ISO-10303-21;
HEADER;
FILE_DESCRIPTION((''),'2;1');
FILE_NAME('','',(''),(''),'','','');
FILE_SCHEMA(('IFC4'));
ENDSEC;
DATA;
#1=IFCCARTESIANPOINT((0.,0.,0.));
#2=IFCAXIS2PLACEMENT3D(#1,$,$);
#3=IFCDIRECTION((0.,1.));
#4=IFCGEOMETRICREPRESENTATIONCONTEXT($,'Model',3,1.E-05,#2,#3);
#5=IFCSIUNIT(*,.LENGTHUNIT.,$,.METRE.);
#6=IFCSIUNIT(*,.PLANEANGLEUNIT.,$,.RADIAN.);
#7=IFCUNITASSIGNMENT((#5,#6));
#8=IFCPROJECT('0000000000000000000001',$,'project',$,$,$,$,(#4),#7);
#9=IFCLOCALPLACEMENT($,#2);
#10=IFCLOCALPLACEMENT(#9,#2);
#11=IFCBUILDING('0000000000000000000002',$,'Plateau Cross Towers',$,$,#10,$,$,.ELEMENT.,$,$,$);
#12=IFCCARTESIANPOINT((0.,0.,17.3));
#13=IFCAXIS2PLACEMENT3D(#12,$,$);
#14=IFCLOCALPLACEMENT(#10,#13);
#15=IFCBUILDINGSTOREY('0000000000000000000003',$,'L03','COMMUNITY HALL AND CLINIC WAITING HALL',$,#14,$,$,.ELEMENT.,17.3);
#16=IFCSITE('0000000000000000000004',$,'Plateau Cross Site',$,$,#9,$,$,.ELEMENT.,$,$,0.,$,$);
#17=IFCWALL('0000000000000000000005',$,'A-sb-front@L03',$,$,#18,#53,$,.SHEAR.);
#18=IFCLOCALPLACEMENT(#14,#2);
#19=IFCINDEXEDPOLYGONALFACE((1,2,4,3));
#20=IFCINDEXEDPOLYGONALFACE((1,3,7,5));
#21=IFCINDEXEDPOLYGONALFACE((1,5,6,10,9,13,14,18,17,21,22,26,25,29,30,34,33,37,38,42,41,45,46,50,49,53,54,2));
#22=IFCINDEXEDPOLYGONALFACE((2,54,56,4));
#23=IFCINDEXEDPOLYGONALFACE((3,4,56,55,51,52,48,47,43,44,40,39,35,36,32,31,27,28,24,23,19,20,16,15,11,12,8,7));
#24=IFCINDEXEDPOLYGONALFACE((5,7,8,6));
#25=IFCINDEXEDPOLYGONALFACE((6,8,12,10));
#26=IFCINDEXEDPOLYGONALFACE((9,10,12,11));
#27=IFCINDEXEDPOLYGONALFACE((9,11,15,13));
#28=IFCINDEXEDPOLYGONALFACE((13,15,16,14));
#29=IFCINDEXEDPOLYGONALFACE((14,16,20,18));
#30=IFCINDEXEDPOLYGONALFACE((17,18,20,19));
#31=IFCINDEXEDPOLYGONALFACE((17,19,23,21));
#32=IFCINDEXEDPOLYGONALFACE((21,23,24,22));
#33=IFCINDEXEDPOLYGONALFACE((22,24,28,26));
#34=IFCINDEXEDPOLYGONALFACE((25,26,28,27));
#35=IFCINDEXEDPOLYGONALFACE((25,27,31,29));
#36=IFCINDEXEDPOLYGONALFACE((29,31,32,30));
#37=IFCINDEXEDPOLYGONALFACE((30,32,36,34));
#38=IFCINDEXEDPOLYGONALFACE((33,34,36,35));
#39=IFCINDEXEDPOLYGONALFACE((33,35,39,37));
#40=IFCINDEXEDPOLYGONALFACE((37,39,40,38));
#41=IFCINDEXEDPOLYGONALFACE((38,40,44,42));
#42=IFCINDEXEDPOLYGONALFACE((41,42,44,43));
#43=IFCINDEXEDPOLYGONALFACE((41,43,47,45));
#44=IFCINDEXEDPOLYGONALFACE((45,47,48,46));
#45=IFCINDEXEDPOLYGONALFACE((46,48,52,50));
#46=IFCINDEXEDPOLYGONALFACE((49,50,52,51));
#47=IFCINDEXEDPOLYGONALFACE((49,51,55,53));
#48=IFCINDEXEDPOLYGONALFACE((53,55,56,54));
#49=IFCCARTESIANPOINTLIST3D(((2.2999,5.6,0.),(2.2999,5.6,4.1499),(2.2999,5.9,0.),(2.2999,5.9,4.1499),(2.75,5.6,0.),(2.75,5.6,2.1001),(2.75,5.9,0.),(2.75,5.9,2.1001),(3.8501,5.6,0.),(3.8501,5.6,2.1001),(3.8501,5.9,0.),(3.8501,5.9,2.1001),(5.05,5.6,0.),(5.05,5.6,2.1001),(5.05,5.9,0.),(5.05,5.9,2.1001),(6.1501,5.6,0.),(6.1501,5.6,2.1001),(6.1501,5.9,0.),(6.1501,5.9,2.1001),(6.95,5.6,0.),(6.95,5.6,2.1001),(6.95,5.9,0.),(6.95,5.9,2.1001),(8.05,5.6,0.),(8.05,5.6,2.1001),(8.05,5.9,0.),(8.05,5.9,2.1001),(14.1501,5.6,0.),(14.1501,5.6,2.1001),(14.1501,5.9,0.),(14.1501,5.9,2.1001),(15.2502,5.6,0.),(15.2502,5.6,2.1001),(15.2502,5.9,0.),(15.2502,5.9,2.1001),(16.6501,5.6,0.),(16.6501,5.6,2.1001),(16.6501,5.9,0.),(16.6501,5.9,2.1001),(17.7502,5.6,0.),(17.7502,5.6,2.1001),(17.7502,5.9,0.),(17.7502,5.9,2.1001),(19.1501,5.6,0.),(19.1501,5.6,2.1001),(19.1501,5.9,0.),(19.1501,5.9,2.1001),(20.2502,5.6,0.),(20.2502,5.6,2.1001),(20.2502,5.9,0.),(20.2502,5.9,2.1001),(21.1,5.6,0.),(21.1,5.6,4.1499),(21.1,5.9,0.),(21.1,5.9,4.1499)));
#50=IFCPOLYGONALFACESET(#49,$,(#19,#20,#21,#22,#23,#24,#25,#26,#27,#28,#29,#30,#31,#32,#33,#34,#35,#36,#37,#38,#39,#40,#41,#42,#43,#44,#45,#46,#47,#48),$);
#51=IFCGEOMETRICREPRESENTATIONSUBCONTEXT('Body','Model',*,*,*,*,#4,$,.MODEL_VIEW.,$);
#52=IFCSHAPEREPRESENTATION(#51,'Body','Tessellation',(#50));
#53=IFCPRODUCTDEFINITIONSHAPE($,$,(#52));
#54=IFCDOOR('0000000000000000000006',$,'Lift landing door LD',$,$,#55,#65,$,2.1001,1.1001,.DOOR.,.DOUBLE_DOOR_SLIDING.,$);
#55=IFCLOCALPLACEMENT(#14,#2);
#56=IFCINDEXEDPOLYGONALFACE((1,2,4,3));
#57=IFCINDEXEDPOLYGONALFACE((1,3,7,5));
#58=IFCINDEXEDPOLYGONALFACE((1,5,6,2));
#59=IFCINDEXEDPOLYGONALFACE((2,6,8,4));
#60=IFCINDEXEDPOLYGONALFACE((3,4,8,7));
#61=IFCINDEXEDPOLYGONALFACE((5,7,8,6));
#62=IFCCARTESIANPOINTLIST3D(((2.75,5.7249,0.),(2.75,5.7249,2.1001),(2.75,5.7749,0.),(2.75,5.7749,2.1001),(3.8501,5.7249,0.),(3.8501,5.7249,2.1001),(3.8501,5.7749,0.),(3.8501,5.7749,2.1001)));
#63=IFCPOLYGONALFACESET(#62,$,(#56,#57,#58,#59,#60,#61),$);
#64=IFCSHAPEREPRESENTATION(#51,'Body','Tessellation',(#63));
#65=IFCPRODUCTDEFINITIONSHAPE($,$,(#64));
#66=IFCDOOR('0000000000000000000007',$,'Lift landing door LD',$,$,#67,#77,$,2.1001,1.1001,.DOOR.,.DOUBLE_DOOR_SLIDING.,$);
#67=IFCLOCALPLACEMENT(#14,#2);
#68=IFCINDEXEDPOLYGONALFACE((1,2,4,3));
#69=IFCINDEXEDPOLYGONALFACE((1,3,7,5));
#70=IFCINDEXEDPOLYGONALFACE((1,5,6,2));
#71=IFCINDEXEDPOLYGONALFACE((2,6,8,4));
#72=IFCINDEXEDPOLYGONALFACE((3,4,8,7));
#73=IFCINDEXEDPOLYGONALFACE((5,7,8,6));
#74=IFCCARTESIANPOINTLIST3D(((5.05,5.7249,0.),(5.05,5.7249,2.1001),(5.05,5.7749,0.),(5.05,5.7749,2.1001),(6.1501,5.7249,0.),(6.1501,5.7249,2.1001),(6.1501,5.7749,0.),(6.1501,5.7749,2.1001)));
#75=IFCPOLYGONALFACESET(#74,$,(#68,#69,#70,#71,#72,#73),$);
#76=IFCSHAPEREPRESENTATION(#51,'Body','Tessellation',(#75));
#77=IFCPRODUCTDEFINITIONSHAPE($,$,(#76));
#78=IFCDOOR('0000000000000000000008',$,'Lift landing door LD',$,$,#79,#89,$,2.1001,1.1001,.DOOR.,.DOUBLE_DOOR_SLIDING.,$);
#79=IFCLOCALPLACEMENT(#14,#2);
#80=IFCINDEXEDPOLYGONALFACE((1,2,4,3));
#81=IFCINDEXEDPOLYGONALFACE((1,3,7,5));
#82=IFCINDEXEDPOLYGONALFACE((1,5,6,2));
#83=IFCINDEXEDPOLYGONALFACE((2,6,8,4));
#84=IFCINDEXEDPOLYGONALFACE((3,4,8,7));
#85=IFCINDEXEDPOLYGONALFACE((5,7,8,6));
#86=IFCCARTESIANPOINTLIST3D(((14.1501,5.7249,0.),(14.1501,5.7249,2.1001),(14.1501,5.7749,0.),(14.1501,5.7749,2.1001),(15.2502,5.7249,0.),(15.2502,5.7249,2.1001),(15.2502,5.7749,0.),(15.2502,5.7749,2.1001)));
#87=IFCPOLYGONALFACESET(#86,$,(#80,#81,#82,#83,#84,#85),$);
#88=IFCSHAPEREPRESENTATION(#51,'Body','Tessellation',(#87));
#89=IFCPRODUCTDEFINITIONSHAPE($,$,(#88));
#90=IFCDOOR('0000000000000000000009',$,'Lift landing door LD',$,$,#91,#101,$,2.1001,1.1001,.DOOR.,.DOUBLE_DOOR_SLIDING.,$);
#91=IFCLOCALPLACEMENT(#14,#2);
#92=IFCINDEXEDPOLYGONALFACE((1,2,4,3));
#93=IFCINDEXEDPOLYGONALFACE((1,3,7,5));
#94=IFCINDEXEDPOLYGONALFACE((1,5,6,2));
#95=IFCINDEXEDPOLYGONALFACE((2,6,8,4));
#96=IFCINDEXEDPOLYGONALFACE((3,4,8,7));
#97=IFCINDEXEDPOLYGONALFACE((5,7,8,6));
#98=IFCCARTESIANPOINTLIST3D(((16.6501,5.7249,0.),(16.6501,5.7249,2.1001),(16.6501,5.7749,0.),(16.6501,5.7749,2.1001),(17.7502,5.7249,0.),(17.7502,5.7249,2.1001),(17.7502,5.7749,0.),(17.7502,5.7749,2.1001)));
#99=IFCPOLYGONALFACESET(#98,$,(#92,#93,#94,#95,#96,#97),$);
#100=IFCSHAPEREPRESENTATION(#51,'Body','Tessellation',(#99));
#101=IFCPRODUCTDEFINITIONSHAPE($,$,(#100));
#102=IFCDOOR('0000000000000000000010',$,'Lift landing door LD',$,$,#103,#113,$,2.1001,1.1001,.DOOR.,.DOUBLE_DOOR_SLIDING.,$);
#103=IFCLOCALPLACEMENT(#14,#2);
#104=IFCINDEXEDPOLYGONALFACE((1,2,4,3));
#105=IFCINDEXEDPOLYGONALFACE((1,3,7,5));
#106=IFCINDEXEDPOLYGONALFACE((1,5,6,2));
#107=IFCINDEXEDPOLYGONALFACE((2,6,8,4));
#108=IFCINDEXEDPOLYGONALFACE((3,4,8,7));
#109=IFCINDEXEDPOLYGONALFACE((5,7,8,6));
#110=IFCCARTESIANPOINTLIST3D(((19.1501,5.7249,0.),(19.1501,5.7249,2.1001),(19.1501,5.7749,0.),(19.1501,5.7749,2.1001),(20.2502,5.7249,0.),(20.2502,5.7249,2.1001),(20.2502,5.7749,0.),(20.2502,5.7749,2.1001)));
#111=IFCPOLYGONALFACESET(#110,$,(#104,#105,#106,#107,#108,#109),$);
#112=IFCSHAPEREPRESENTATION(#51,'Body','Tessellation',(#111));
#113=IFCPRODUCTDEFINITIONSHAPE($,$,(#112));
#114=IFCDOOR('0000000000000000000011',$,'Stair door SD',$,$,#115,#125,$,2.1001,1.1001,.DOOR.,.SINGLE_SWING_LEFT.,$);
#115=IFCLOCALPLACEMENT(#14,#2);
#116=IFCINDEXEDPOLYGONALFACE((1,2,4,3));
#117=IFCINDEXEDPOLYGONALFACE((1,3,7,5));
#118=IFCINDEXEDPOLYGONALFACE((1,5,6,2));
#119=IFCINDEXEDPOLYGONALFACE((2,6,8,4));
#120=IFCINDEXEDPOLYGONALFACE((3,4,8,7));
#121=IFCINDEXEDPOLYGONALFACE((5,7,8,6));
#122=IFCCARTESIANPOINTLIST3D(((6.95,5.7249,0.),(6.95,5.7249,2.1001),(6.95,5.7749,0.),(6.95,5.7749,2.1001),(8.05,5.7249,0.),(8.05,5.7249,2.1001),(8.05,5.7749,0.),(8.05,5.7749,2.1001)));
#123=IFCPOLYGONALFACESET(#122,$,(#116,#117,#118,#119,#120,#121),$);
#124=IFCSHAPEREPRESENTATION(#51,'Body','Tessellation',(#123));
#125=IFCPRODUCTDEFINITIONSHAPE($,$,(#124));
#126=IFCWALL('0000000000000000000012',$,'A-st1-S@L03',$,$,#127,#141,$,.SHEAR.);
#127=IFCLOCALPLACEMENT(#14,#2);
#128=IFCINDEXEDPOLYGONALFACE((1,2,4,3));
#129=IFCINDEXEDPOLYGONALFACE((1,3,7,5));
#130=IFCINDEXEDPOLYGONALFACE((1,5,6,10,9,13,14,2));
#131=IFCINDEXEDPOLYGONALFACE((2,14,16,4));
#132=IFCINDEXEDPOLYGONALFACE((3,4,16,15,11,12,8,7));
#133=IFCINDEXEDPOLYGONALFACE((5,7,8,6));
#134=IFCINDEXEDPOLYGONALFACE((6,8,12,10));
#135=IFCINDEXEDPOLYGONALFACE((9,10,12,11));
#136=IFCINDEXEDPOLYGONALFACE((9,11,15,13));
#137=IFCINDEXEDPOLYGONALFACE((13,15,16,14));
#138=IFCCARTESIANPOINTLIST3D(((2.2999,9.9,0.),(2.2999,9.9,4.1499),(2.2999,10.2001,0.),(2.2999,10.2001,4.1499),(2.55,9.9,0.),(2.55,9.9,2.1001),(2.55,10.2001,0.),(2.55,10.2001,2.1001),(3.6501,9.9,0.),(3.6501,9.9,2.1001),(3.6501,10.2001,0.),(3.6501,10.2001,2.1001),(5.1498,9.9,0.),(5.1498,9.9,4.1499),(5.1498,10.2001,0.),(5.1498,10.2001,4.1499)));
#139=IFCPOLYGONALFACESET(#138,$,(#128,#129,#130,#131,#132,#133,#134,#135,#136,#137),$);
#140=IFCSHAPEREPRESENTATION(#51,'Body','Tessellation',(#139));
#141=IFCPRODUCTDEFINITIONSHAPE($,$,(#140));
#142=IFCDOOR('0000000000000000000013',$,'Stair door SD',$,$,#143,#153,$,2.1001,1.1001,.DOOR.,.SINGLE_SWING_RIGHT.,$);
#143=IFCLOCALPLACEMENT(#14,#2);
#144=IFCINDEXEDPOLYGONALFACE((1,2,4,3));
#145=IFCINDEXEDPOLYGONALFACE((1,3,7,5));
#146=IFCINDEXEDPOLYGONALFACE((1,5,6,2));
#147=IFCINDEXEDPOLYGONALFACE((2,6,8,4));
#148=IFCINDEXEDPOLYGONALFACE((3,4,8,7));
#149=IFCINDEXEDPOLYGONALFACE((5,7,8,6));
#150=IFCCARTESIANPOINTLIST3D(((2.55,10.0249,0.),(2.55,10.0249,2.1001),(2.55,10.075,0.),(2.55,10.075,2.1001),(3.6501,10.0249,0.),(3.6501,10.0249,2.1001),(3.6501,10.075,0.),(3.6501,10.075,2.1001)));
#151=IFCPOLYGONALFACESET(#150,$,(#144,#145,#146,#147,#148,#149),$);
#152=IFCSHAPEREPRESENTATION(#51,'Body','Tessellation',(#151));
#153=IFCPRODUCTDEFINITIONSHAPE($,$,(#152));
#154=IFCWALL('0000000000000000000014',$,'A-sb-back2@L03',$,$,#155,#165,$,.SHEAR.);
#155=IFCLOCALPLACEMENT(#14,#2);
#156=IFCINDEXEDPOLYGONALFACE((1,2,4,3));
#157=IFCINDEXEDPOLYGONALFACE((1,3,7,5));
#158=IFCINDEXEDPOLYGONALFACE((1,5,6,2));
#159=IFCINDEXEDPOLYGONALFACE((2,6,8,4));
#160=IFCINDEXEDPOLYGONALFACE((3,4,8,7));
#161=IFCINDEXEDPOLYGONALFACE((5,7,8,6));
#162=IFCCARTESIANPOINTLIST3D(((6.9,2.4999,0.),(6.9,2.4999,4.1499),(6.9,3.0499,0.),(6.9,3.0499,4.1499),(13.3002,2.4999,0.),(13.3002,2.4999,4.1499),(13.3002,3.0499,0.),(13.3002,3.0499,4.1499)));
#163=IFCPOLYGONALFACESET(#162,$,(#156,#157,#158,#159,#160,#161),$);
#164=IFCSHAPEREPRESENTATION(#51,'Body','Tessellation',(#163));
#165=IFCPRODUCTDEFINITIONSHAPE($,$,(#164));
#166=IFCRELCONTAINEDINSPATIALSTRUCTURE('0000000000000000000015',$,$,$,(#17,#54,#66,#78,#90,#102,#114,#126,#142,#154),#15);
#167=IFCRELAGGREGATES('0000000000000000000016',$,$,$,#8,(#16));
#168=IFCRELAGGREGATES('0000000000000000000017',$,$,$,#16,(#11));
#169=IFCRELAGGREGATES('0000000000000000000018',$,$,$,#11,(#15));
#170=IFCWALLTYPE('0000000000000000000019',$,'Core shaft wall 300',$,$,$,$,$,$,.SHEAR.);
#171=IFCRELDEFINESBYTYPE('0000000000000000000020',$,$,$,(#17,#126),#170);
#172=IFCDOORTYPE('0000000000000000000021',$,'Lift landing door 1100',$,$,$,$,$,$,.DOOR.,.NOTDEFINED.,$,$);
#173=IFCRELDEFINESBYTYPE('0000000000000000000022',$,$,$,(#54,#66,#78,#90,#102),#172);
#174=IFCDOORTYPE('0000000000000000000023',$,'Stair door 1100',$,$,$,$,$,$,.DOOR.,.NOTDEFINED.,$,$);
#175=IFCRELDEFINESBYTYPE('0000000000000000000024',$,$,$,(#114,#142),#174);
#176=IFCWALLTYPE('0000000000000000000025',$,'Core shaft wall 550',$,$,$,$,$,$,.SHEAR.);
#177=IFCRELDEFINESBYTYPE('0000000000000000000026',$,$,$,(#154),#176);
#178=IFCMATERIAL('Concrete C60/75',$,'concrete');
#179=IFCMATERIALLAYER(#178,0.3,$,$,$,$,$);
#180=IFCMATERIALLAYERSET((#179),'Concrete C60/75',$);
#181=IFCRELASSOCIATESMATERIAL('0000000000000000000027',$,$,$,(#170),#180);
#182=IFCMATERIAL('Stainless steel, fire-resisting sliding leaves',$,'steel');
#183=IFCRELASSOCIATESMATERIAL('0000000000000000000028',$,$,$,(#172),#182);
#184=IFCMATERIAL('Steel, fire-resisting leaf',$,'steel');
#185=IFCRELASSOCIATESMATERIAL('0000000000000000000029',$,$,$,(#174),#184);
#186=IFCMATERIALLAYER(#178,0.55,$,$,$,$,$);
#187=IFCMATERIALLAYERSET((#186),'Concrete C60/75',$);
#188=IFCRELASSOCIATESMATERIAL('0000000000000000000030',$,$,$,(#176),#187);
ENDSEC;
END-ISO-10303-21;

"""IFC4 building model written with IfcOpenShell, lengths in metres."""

from ifc_helpers import new_model, si_unit, direction, frame, frame_2d, origin, place, context, subcontext, project, spatial, rectangle, extrude, material, layer, layer_set, type_object, element, fill, save


model = new_model("IFC4")

# Units and contexts
model_context = context("Model", 3, precision=1e-05, world=origin(), true_north=direction((0.0, 1.0)))
body_context = subcontext(model_context, "Body", "Model", "MODEL_VIEW")
ifc_project = project(units=[si_unit("LENGTHUNIT", "METRE"), si_unit("PLANEANGLEUNIT", "RADIAN")], contexts=[model_context])

# Site, building, storey
site_placement = place(None, origin())
site = spatial("IfcSite", under=ifc_project, at=site_placement, Name="Plateau Cross Site", CompositionType="ELEMENT", RefElevation=0.0)
building_placement = place(site_placement, origin())
building = spatial("IfcBuilding", under=site, at=building_placement, Name="Plateau Cross Towers", CompositionType="ELEMENT")
storey_placement = place(building_placement, frame((0.0, 0.0, 17.3)))
storey = spatial("IfcBuildingStorey", under=building, at=storey_placement, Name="L03", Description="COMMUNITY HALL AND CLINIC WAITING HALL", CompositionType="ELEMENT", Elevation=17.3)

# Shared definitions
ifc_material_1 = material(Name="Steel, fire-resisting leaf", Category="steel")

# Shared definitions
ifc_material_2 = material(Name="Concrete C60/75", Category="concrete")
ifc_layer_1 = layer(ifc_material_2, 0.3)
ifc_layer_set_1 = layer_set([ifc_layer_1], Name="Concrete C60/75")
wall_type_1 = type_object("IfcWallType", Name="Core shaft wall 300", PredefinedType="SHEAR", material=ifc_layer_set_1)

# Wall, openings, doors
wall_1_placement = place(storey_placement, frame((2.3, 5.75, 0.0), z_axis=(0.0, 0.0, 1.0), x_axis=(1.0, 0.0, 0.0)))
wall_1 = element("IfcWall", 1, at=wall_1_placement, inside=storey, type_object=wall_type_1, Name="A-sb-front@L03", PredefinedType="SHEAR", context=body_context, shape_type="SweptSolid", body=[
    extrude(rectangle(XDim=18.8, YDim=0.3, at=frame_2d((9.3999, 0.0))), origin(), (0.0, 0.0, 1.0), 4.1499),
])
opening_1_placement = place(wall_1_placement, frame((4.6499, 0.0, 0.0)))
opening_1 = element("IfcOpeningElement", 2, at=opening_1_placement, cuts=wall_1, PredefinedType="OPENING", context=body_context, shape_type="SweptSolid", body=[
    extrude(rectangle(XDim=1.1001, YDim=2.1001, at=frame_2d((0.55, 1.05))), frame((0.0, 0.1599, 0.0), z_axis=(0.0, -1.0, 0.0), x_axis=(1.0, 0.0, 0.0)), (0.0, 0.0, 1.0), 0.3201),
])
opening_2_placement = place(wall_1_placement, frame((0.45, 0.0, 0.0)))
opening_2 = element("IfcOpeningElement", 3, at=opening_2_placement, cuts=wall_1, PredefinedType="OPENING", context=body_context, shape_type="SweptSolid", body=[
    extrude(rectangle(XDim=1.1001, YDim=2.1001, at=frame_2d((0.55, 1.05))), frame((0.0, 0.1599, 0.0), z_axis=(0.0, -1.0, 0.0), x_axis=(1.0, 0.0, 0.0)), (0.0, 0.0, 1.0), 0.3201),
])
opening_3_placement = place(wall_1_placement, frame((2.75, 0.0, 0.0)))
opening_3 = element("IfcOpeningElement", 4, at=opening_3_placement, cuts=wall_1, PredefinedType="OPENING", context=body_context, shape_type="SweptSolid", body=[
    extrude(rectangle(XDim=1.1001, YDim=2.1001, at=frame_2d((0.55, 1.05))), frame((0.0, 0.1599, 0.0), z_axis=(0.0, -1.0, 0.0), x_axis=(1.0, 0.0, 0.0)), (0.0, 0.0, 1.0), 0.3201),
])
opening_4_placement = place(wall_1_placement, frame((11.8501, 0.0, 0.0)))
opening_4 = element("IfcOpeningElement", 5, at=opening_4_placement, cuts=wall_1, PredefinedType="OPENING", context=body_context, shape_type="SweptSolid", body=[
    extrude(rectangle(XDim=1.1001, YDim=2.1001, at=frame_2d((0.55, 1.05))), frame((0.0, 0.1599, 0.0), z_axis=(0.0, -1.0, 0.0), x_axis=(1.0, 0.0, 0.0)), (0.0, 0.0, 1.0), 0.3201),
])
opening_5_placement = place(wall_1_placement, frame((14.3501, 0.0, 0.0)))
opening_5 = element("IfcOpeningElement", 6, at=opening_5_placement, cuts=wall_1, PredefinedType="OPENING", context=body_context, shape_type="SweptSolid", body=[
    extrude(rectangle(XDim=1.1001, YDim=2.1001, at=frame_2d((0.55, 1.05))), frame((0.0, 0.1599, 0.0), z_axis=(0.0, -1.0, 0.0), x_axis=(1.0, 0.0, 0.0)), (0.0, 0.0, 1.0), 0.3201),
])
opening_6_placement = place(wall_1_placement, frame((16.8501, 0.0, 0.0)))
opening_6 = element("IfcOpeningElement", 7, at=opening_6_placement, cuts=wall_1, PredefinedType="OPENING", context=body_context, shape_type="SweptSolid", body=[
    extrude(rectangle(XDim=1.1001, YDim=2.1001, at=frame_2d((0.55, 1.05))), frame((0.0, 0.1599, 0.0), z_axis=(0.0, -1.0, 0.0), x_axis=(1.0, 0.0, 0.0)), (0.0, 0.0, 1.0), 0.3201),
])
ifc_material_3 = material(Name="Stainless steel, fire-resisting sliding leaves", Category="steel")
door_type_1 = type_object("IfcDoorType", Name="Lift landing door 1100", OperationType="NOTDEFINED", PredefinedType="DOOR", material=ifc_material_3)
door_1_placement = place(opening_2_placement, origin())
door_1 = element("IfcDoor", 8, at=door_1_placement, inside=storey, type_object=door_type_1, Name="Lift landing door LD", OperationType="DOUBLE_DOOR_SLIDING", OverallHeight=2.1001, OverallWidth=1.1001, PredefinedType="DOOR", context=body_context, shape_type="SweptSolid", body=[
    extrude(rectangle(XDim=1.1001, YDim=2.1001, at=frame_2d((0.55, 1.05))), frame((0.0, 0.0249, 0.0), z_axis=(0.0, -1.0, 0.0), x_axis=(1.0, 0.0, 0.0)), (0.0, 0.0, 1.0), 0.05),
])
fill(opening_2, door_1)
door_2_placement = place(opening_3_placement, origin())
door_2 = element("IfcDoor", 9, at=door_2_placement, inside=storey, type_object=door_type_1, Name="Lift landing door LD", OperationType="DOUBLE_DOOR_SLIDING", OverallHeight=2.1001, OverallWidth=1.1001, PredefinedType="DOOR", context=body_context, shape_type="SweptSolid", body=[
    extrude(rectangle(XDim=1.1001, YDim=2.1001, at=frame_2d((0.55, 1.05))), frame((0.0, 0.0249, 0.0), z_axis=(0.0, -1.0, 0.0), x_axis=(1.0, 0.0, 0.0)), (0.0, 0.0, 1.0), 0.05),
])
fill(opening_3, door_2)
door_3_placement = place(opening_4_placement, origin())
door_3 = element("IfcDoor", 10, at=door_3_placement, inside=storey, type_object=door_type_1, Name="Lift landing door LD", OperationType="DOUBLE_DOOR_SLIDING", OverallHeight=2.1001, OverallWidth=1.1001, PredefinedType="DOOR", context=body_context, shape_type="SweptSolid", body=[
    extrude(rectangle(XDim=1.1001, YDim=2.1001, at=frame_2d((0.55, 1.05))), frame((0.0, 0.0249, 0.0), z_axis=(0.0, -1.0, 0.0), x_axis=(1.0, 0.0, 0.0)), (0.0, 0.0, 1.0), 0.05),
])
fill(opening_4, door_3)
door_4_placement = place(opening_5_placement, origin())
door_4 = element("IfcDoor", 11, at=door_4_placement, inside=storey, type_object=door_type_1, Name="Lift landing door LD", OperationType="DOUBLE_DOOR_SLIDING", OverallHeight=2.1001, OverallWidth=1.1001, PredefinedType="DOOR", context=body_context, shape_type="SweptSolid", body=[
    extrude(rectangle(XDim=1.1001, YDim=2.1001, at=frame_2d((0.55, 1.05))), frame((0.0, 0.0249, 0.0), z_axis=(0.0, -1.0, 0.0), x_axis=(1.0, 0.0, 0.0)), (0.0, 0.0, 1.0), 0.05),
])
fill(opening_5, door_4)
door_5_placement = place(opening_6_placement, origin())
door_5 = element("IfcDoor", 12, at=door_5_placement, inside=storey, type_object=door_type_1, Name="Lift landing door LD", OperationType="DOUBLE_DOOR_SLIDING", OverallHeight=2.1001, OverallWidth=1.1001, PredefinedType="DOOR", context=body_context, shape_type="SweptSolid", body=[
    extrude(rectangle(XDim=1.1001, YDim=2.1001, at=frame_2d((0.55, 1.05))), frame((0.0, 0.0249, 0.0), z_axis=(0.0, -1.0, 0.0), x_axis=(1.0, 0.0, 0.0)), (0.0, 0.0, 1.0), 0.05),
])
fill(opening_6, door_5)
door_type_2 = type_object("IfcDoorType", Name="Stair door 1100", OperationType="NOTDEFINED", PredefinedType="DOOR", material=ifc_material_1)
door_6_placement = place(opening_1_placement, origin())
door_6 = element("IfcDoor", 13, at=door_6_placement, inside=storey, type_object=door_type_2, Name="Stair door SD", OperationType="SINGLE_SWING_LEFT", OverallHeight=2.1001, OverallWidth=1.1001, PredefinedType="DOOR", context=body_context, shape_type="SweptSolid", body=[
    extrude(rectangle(XDim=1.1001, YDim=2.1001, at=frame_2d((0.55, 1.05))), frame((0.0, 0.0249, 0.0), z_axis=(0.0, -1.0, 0.0), x_axis=(1.0, 0.0, 0.0)), (0.0, 0.0, 1.0), 0.05),
])
fill(opening_1, door_6)

# Wall, opening, door
wall_2_placement = place(storey_placement, frame((2.3, 10.05, 0.0), z_axis=(0.0, 0.0, 1.0), x_axis=(1.0, 0.0, 0.0)))
wall_2 = element("IfcWall", 14, at=wall_2_placement, inside=storey, type_object=wall_type_1, Name="A-st1-S@L03", PredefinedType="SHEAR", context=body_context, shape_type="SweptSolid", body=[
    extrude(rectangle(XDim=2.8499, YDim=0.3, at=frame_2d((1.4248, 0.0))), origin(), (0.0, 0.0, 1.0), 4.1499),
])
opening_7_placement = place(wall_2_placement, frame((0.25, 0.0, 0.0)))
opening_7 = element("IfcOpeningElement", 15, at=opening_7_placement, cuts=wall_2, PredefinedType="OPENING", context=body_context, shape_type="SweptSolid", body=[
    extrude(rectangle(XDim=1.1001, YDim=2.1001, at=frame_2d((0.55, 1.05))), frame((0.0, 0.1599, 0.0), z_axis=(0.0, -1.0, 0.0), x_axis=(1.0, 0.0, 0.0)), (0.0, 0.0, 1.0), 0.3201),
])
door_7_placement = place(opening_7_placement, origin())
door_7 = element("IfcDoor", 16, at=door_7_placement, inside=storey, type_object=door_type_2, Name="Stair door SD", OperationType="SINGLE_SWING_RIGHT", OverallHeight=2.1001, OverallWidth=1.1001, PredefinedType="DOOR", context=body_context, shape_type="SweptSolid", body=[
    extrude(rectangle(XDim=1.1001, YDim=2.1001, at=frame_2d((0.55, 1.05))), frame((0.0, 0.0249, 0.0), z_axis=(0.0, -1.0, 0.0), x_axis=(1.0, 0.0, 0.0)), (0.0, 0.0, 1.0), 0.05),
])
fill(opening_7, door_7)

# Wall
ifc_layer_2 = layer(ifc_material_2, 0.55)
ifc_layer_set_2 = layer_set([ifc_layer_2], Name="Concrete C60/75")
wall_type_2 = type_object("IfcWallType", Name="Core shaft wall 550", PredefinedType="SHEAR", material=ifc_layer_set_2)
wall_3_placement = place(storey_placement, frame((6.8999, 2.7749, 0.0), z_axis=(0.0, 0.0, 1.0), x_axis=(1.0, 0.0, 0.0)))
element("IfcWall", 17, at=wall_3_placement, inside=storey, type_object=wall_type_2, Name="A-sb-back2@L03", PredefinedType="SHEAR", context=body_context, shape_type="SweptSolid", body=[
    extrude(rectangle(XDim=6.4001, YDim=0.55, at=frame_2d((3.2002, 0.0))), origin(), (0.0, 0.0, 1.0), 4.1499),
])

save(model, "model.ifc")
